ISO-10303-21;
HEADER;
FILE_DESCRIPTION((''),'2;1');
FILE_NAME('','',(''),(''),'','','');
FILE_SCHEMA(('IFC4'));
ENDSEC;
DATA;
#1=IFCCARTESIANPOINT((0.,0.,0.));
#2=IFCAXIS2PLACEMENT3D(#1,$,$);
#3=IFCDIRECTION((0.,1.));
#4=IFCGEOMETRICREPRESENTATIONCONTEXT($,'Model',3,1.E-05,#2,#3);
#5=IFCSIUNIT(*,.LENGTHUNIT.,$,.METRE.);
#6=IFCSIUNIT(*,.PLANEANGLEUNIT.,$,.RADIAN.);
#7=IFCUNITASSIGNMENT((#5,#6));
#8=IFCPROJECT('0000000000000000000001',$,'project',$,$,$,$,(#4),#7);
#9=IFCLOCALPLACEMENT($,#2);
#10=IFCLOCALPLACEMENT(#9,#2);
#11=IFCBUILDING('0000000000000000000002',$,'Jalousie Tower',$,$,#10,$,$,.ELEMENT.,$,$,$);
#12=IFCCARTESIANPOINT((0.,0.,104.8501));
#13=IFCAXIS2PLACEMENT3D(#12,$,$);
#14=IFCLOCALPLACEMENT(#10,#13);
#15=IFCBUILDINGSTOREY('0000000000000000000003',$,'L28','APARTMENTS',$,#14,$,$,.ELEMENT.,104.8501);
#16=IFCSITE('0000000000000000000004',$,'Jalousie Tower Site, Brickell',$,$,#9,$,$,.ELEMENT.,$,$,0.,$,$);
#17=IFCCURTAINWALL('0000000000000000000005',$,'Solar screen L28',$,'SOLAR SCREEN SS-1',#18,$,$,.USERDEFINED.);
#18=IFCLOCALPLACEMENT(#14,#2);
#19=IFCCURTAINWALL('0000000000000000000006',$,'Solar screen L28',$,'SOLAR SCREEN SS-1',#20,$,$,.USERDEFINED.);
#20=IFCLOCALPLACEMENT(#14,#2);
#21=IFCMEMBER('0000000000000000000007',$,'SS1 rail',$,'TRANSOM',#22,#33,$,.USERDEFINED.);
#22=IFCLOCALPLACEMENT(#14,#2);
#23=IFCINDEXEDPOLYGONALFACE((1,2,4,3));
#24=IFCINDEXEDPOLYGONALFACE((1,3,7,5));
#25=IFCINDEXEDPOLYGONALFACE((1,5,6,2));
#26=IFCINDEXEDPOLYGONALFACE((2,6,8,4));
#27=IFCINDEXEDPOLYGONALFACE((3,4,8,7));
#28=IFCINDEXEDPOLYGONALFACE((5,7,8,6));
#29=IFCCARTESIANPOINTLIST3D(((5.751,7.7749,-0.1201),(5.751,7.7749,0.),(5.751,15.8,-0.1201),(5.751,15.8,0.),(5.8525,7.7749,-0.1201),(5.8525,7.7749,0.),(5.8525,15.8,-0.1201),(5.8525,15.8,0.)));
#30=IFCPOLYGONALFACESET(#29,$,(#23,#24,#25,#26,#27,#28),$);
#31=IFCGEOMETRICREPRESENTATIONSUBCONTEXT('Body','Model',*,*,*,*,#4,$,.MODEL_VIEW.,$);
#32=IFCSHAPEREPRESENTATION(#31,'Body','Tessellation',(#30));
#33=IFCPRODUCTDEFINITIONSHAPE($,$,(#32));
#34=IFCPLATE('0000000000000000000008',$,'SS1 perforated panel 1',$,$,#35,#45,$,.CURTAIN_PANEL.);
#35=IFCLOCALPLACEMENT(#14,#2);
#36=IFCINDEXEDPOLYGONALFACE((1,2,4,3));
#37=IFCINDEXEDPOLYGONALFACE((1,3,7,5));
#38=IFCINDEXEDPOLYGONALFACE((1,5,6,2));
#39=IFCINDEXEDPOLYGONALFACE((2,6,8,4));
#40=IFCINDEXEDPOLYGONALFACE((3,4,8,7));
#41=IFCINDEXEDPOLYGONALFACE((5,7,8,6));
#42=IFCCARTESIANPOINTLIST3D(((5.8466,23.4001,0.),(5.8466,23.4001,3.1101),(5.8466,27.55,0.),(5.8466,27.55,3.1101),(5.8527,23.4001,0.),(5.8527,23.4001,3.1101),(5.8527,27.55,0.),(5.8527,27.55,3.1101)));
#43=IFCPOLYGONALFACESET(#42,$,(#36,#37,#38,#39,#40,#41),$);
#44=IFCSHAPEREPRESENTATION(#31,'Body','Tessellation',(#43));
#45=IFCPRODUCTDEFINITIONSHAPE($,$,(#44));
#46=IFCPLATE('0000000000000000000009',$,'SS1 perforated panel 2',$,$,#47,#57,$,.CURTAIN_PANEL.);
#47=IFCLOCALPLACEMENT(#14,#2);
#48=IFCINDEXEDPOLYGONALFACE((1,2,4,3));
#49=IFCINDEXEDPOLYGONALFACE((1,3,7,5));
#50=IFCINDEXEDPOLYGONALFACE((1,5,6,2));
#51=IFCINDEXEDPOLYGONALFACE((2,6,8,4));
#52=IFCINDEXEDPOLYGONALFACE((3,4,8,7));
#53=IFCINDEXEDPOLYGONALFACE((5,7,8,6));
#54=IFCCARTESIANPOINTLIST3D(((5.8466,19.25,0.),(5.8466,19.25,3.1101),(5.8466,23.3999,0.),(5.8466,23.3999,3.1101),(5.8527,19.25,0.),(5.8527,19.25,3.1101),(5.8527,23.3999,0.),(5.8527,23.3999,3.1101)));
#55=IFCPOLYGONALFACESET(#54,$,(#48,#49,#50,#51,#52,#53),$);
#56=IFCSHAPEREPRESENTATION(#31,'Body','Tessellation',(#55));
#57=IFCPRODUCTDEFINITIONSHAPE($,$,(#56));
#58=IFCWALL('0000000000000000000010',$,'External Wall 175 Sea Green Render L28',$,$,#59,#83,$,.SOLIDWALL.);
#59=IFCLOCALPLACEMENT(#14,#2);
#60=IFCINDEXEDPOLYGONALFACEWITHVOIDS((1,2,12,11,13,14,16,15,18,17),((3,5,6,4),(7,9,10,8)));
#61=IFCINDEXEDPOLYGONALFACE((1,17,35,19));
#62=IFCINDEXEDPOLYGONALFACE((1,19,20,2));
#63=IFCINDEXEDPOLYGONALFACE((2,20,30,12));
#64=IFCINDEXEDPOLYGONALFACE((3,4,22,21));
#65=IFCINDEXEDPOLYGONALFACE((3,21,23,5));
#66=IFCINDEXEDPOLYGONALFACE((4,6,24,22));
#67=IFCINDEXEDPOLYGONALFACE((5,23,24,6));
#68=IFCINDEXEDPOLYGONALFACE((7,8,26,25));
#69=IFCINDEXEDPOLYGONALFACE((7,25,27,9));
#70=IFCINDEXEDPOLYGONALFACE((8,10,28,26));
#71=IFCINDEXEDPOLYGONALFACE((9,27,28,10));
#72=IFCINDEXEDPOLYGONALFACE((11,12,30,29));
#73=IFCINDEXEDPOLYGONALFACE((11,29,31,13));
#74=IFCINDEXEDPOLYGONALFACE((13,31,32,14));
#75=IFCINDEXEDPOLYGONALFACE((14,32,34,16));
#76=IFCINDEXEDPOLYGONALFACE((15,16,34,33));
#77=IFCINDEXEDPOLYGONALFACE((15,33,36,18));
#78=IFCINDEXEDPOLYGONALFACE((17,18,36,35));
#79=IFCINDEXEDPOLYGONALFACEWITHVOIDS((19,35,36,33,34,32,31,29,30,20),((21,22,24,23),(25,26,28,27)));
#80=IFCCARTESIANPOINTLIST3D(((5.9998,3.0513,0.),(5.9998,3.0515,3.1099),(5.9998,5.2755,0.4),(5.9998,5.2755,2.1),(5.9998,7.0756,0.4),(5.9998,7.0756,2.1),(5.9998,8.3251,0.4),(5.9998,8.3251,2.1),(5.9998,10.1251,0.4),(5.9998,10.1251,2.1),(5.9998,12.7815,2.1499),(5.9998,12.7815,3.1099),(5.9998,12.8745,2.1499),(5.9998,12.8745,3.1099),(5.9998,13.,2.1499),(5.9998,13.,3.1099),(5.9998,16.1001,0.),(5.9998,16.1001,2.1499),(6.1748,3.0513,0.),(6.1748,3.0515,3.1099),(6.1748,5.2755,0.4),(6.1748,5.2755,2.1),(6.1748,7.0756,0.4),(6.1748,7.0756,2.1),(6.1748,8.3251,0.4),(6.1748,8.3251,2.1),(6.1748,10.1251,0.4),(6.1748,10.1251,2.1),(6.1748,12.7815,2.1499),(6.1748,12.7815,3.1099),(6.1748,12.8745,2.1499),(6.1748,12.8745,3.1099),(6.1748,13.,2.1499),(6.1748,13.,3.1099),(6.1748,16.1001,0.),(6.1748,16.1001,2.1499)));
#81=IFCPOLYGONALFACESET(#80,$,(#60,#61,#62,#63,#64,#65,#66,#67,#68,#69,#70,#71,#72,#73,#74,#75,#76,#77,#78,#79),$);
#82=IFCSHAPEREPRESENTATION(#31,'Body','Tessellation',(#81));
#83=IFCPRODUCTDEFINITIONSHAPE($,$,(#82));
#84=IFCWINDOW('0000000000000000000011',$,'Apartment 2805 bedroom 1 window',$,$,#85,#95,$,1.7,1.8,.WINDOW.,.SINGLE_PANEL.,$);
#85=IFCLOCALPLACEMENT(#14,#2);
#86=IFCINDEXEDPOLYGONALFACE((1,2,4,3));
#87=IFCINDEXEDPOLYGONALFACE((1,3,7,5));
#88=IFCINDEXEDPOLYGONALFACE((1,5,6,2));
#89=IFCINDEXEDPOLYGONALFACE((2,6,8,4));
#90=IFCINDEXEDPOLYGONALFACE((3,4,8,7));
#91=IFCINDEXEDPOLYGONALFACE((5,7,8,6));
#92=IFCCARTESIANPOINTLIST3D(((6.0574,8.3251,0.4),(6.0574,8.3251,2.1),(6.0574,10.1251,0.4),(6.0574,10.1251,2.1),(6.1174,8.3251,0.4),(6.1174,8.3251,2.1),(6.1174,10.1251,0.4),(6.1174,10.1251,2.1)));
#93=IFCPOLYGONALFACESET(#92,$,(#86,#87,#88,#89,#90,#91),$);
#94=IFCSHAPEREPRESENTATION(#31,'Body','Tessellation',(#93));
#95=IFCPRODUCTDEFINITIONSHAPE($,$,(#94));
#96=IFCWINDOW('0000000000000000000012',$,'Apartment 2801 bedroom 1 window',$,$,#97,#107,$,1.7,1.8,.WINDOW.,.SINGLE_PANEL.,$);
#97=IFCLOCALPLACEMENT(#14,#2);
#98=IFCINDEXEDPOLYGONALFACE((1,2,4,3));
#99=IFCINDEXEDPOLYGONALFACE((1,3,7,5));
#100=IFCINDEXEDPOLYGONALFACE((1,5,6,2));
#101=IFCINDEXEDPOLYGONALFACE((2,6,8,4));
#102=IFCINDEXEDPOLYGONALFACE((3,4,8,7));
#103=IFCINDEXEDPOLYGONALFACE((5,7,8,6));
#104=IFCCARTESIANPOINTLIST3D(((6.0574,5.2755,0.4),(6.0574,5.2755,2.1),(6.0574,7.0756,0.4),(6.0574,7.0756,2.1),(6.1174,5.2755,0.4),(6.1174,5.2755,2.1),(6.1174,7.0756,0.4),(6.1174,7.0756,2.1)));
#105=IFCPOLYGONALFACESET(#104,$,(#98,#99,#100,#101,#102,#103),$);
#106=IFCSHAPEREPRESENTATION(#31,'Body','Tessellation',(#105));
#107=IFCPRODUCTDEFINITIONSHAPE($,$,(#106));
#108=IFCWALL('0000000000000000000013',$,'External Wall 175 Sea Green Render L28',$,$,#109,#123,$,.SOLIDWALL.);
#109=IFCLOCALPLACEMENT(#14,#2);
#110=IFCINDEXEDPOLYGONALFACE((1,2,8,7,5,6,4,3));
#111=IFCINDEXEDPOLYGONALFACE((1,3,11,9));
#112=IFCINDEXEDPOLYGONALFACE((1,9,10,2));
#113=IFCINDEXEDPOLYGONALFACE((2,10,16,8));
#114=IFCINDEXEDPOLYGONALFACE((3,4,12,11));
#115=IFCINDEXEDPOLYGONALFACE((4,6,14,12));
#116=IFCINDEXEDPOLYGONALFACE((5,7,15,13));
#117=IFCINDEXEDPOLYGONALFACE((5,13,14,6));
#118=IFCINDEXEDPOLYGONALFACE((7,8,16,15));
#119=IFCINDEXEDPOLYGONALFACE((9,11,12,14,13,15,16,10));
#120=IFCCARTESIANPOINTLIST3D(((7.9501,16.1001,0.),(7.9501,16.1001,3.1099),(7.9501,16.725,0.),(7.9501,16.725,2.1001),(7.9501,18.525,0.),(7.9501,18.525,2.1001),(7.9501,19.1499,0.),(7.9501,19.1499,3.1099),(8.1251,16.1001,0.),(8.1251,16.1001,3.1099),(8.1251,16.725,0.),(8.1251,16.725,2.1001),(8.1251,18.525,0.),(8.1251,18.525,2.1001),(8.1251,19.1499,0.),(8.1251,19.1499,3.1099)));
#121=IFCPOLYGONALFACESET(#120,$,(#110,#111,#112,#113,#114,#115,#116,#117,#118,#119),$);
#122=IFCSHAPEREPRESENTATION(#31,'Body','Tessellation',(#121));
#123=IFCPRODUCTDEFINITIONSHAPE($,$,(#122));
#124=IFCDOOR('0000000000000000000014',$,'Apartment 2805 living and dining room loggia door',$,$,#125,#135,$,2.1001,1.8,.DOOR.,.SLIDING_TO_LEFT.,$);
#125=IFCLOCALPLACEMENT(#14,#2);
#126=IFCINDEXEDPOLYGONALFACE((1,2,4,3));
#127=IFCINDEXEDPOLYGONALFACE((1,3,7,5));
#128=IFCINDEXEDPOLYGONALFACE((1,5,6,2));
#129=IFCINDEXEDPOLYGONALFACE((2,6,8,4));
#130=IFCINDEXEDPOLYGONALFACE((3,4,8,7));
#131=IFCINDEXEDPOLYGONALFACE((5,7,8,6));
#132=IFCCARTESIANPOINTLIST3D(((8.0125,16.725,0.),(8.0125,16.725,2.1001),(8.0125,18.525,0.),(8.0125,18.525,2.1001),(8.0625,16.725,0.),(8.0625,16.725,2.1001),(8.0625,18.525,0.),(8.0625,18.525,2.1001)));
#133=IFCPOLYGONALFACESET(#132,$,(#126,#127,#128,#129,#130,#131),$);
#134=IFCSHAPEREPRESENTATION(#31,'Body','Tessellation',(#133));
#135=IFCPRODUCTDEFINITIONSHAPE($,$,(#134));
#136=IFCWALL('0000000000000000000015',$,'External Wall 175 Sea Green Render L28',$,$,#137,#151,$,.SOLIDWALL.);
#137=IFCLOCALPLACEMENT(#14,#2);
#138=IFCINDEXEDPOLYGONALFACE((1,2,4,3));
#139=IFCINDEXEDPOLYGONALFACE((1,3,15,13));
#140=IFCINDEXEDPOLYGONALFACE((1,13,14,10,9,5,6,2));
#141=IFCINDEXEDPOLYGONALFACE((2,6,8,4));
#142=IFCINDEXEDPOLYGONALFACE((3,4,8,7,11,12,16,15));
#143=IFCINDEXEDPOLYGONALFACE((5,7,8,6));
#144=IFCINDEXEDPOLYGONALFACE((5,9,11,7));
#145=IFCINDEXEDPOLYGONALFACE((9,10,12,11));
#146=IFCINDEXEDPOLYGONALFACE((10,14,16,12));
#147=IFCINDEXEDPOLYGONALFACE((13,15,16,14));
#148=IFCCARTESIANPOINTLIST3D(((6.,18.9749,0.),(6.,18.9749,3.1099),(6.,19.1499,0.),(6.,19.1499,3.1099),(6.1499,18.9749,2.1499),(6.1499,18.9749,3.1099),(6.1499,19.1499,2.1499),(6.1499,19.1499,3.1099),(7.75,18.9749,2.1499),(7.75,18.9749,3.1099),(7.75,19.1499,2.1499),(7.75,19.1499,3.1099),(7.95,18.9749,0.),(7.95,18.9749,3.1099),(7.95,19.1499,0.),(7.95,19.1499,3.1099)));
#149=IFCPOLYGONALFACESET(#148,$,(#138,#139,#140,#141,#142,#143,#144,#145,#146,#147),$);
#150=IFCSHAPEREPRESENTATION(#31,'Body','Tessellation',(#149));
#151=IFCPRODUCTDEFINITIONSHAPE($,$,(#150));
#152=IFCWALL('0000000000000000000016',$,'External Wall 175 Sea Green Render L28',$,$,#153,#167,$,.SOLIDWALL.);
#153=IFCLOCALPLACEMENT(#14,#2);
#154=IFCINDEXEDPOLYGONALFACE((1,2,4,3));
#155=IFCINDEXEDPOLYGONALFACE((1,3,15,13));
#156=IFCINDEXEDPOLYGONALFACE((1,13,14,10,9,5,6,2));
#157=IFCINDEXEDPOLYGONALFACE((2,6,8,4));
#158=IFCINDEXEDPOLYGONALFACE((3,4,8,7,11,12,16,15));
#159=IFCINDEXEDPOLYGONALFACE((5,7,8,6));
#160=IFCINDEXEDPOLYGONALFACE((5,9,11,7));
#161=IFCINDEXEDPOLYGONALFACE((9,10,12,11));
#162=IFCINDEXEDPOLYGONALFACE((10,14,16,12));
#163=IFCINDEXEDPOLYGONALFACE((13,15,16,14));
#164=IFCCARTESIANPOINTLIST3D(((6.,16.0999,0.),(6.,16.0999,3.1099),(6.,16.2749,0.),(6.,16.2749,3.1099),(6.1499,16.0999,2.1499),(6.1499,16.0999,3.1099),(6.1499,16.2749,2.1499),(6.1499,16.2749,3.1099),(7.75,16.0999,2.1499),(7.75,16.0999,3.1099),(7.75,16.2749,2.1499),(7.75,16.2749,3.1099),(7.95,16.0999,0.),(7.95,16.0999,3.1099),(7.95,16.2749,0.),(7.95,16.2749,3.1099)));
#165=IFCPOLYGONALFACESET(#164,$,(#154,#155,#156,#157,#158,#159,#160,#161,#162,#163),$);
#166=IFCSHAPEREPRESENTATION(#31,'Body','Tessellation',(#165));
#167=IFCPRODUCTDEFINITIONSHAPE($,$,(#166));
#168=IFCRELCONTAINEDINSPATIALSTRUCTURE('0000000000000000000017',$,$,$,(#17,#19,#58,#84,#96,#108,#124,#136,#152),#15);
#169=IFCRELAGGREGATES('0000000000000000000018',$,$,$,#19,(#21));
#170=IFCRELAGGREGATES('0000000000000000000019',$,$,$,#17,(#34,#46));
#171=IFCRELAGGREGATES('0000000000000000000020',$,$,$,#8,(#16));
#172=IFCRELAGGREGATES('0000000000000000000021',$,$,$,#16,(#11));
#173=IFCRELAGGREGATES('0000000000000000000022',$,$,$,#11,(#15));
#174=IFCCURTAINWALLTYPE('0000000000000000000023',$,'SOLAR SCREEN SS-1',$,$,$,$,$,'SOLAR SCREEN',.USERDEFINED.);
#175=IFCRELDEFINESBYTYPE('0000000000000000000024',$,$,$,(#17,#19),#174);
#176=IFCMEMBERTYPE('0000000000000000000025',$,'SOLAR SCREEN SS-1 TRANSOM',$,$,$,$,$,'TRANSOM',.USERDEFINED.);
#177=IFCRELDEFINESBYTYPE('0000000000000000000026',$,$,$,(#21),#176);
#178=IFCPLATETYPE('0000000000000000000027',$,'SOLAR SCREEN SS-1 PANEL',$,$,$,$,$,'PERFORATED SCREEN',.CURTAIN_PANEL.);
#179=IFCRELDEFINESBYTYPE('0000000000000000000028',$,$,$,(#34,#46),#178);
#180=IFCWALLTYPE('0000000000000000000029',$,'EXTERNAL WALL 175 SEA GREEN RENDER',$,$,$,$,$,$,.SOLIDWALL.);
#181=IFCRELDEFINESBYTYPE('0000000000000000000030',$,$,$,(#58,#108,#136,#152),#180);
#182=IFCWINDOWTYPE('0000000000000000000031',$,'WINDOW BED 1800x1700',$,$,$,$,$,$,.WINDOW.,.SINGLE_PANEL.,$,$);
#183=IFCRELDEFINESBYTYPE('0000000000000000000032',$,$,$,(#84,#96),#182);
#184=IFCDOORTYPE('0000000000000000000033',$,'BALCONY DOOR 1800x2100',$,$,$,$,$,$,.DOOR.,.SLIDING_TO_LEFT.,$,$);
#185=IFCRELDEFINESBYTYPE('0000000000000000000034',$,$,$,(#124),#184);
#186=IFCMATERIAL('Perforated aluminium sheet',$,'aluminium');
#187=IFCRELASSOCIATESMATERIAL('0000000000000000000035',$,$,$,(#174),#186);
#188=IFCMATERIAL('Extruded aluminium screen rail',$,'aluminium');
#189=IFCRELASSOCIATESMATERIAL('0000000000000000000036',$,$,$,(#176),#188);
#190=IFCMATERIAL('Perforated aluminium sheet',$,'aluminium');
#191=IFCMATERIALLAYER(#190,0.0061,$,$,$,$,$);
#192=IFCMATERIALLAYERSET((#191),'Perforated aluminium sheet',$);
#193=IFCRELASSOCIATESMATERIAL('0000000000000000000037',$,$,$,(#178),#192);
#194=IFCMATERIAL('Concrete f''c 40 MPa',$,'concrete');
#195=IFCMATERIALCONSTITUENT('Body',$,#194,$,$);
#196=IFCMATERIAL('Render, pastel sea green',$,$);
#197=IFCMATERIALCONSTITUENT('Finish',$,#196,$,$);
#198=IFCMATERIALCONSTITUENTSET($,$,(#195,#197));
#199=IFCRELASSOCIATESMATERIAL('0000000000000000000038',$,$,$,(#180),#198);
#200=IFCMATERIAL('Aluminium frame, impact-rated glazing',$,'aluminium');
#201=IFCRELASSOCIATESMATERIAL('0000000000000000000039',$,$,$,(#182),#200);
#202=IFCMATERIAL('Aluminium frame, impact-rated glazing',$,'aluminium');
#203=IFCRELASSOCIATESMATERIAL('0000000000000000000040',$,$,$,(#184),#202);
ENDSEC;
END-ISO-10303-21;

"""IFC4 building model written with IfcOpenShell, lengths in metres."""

from ifc_helpers import new_model, si_unit, direction, frame, frame_2d, origin, origin_2d, place, context, subcontext, project, spatial, polyline, rectangle, outline, extrude, material, layer, layer_set, constituent, constituent_set, material_profile, profile_set, type_object, element, fill, aggregate, save


model = new_model("IFC4")

# Units and contexts
model_context = context("Model", 3, precision=1e-05, world=origin(), true_north=direction((0.0, 1.0)))
body_context = subcontext(model_context, "Body", "Model", "MODEL_VIEW")
ifc_project = project(units=[si_unit("LENGTHUNIT", "METRE"), si_unit("PLANEANGLEUNIT", "RADIAN")], contexts=[model_context])

# Site, building, storey
site_placement = place(None, origin())
site = spatial("IfcSite", under=ifc_project, at=site_placement, Name="Jalousie Tower Site, Brickell", CompositionType="ELEMENT", RefElevation=0.0)
building_placement = place(site_placement, origin())
building = spatial("IfcBuilding", under=site, at=building_placement, Name="Jalousie Tower", CompositionType="ELEMENT")
storey_placement = place(building_placement, frame((0.0, 0.0, 104.8501)))
storey = spatial("IfcBuildingStorey", under=building, at=storey_placement, Name="L28", Description="APARTMENTS", CompositionType="ELEMENT", Elevation=104.8501)

# Curtain wall
ifc_material_1 = material(Name="Perforated aluminium sheet", Category="aluminium")
curtain_wall_type = type_object("IfcCurtainWallType", Name="SOLAR SCREEN SS-1", ElementType="SOLAR SCREEN", PredefinedType="USERDEFINED", material=ifc_material_1)
curtain_wall_1_placement = place(storey_placement, origin())
curtain_wall_1 = element("IfcCurtainWall", 1, at=curtain_wall_1_placement, inside=storey, type_object=curtain_wall_type, Name="Solar screen L28", ObjectType="SOLAR SCREEN SS-1", PredefinedType="USERDEFINED")

# Curtain wall
curtain_wall_2_placement = place(storey_placement, origin())
curtain_wall_2 = element("IfcCurtainWall", 2, at=curtain_wall_2_placement, inside=storey, type_object=curtain_wall_type, Name="Solar screen L28", ObjectType="SOLAR SCREEN SS-1", PredefinedType="USERDEFINED")

# Member
ifc_material_2 = material(Name="Extruded aluminium screen rail", Category="aluminium")
ifc_material_profile_1 = material_profile(ifc_material_2, rectangle(XDim=0.1016, YDim=0.1201, at=origin_2d()), Name="RAIL 102x120")
ifc_profile_set_1 = profile_set([ifc_material_profile_1], Name="Extruded aluminium screen rail")
member_type_1 = type_object("IfcMemberType", Name="SOLAR SCREEN SS-1 TRANSOM", ElementType="TRANSOM", PredefinedType="USERDEFINED", material=ifc_profile_set_1)
member_1_placement = place(storey_placement, frame((5.8018, 15.8, -0.0601), z_axis=(0.0, -1.0, 0.0), x_axis=(1.0, 0.0, 0.0)))
member_1 = element("IfcMember", 3, at=member_1_placement, type_object=member_type_1, Name="SS1 rail", ObjectType="TRANSOM", PredefinedType="USERDEFINED", context=body_context, shape_type="SweptSolid", body=[
    extrude(rectangle(XDim=0.1016, YDim=0.1201, at=origin_2d()), origin(), (0.0, 0.0, 1.0), 8.0251),
])
aggregate(curtain_wall_2, [member_1])

# Plates
ifc_material_3 = material(Name="Perforated aluminium sheet", Category="aluminium")
ifc_layer_1 = layer(ifc_material_3, 0.0061)
ifc_layer_set_1 = layer_set([ifc_layer_1], Name="Perforated aluminium sheet")
plate_type = type_object("IfcPlateType", Name="SOLAR SCREEN SS-1 PANEL", ElementType="PERFORATED SCREEN", PredefinedType="CURTAIN_PANEL", material=ifc_layer_set_1)
plate_1_placement = place(storey_placement, frame((5.8496, 25.4751, 0.0), z_axis=(0.0, 0.0, 1.0), x_axis=(0.0, -1.0, 0.0)))
plate_1 = element("IfcPlate", 4, at=plate_1_placement, type_object=plate_type, Name="SS1 perforated panel 1", PredefinedType="CURTAIN_PANEL", context=body_context, shape_type="SweptSolid", body=[
    extrude(rectangle(XDim=4.1499, YDim=0.0061, at=origin_2d()), origin(), (0.0, 0.0, 1.0), 3.1101),
])
plate_2_placement = place(storey_placement, frame((5.8496, 21.325, 0.0), z_axis=(0.0, 0.0, 1.0), x_axis=(0.0, -1.0, 0.0)))
plate_2 = element("IfcPlate", 5, at=plate_2_placement, type_object=plate_type, Name="SS1 perforated panel 2", PredefinedType="CURTAIN_PANEL", context=body_context, shape_type="SweptSolid", body=[
    extrude(rectangle(XDim=4.1499, YDim=0.0061, at=origin_2d()), origin(), (0.0, 0.0, 1.0), 3.1101),
])
aggregate(curtain_wall_1, [plate_1, plate_2])

# Wall, openings, windows
ifc_material_4 = material(Name="Concrete f'c 40 MPa", Category="concrete")
ifc_constituent_1 = constituent(ifc_material_4, Name="Body")
ifc_material_5 = material(Name="Render, pastel sea green")
ifc_constituent_2 = constituent(ifc_material_5, Name="Finish")
ifc_constituent_set_1 = constituent_set(constituents=[ifc_constituent_1, ifc_constituent_2])
wall_type_1 = type_object("IfcWallType", Name="EXTERNAL WALL 175 SEA GREEN RENDER", PredefinedType="SOLIDWALL", material=ifc_constituent_set_1)
wall_1_placement = place(storey_placement, frame((6.0874, 16.1001, 0.0), z_axis=(0.0, 0.0, 1.0), x_axis=(0.0, -1.0, 0.0)))
wall_1 = element("IfcWall", 6, at=wall_1_placement, inside=storey, type_object=wall_type_1, Name="External Wall 175 Sea Green Render L28", PredefinedType="SOLIDWALL", context=body_context, shape_type="SweptSolid", body=[
    extrude(outline(polyline([(0.0, 0.0), (13.0488, 0.0), (13.0486, 3.1099), (3.3186, 3.1099), (3.3186, 2.1499), (3.2256, 2.1499), (3.2256, 3.1099), (3.1001, 3.1099), (3.1001, 2.1499), (0.0, 2.1499), (0.0, 0.0)])), frame((0.0, 0.0874, 0.0), z_axis=(0.0, -1.0, 0.0), x_axis=(1.0, 0.0, 0.0)), (0.0, 0.0, 1.0), 0.175),
])
opening_1_placement = place(wall_1_placement, frame((5.9751, 0.0, 0.3999)))
opening_1 = element("IfcOpeningElement", 7, at=opening_1_placement, cuts=wall_1, PredefinedType="OPENING", context=body_context, shape_type="SweptSolid", body=[
    extrude(rectangle(XDim=1.8, YDim=1.7, at=frame_2d((0.8999, 0.8501))), frame((0.0, 0.0974, 0.0), z_axis=(0.0, -1.0, 0.0), x_axis=(1.0, 0.0, 0.0)), (0.0, 0.0, 1.0), 0.1951),
])
opening_2_placement = place(wall_1_placement, frame((9.0247, 0.0, 0.3999)))
opening_2 = element("IfcOpeningElement", 8, at=opening_2_placement, cuts=wall_1, PredefinedType="OPENING", context=body_context, shape_type="SweptSolid", body=[
    extrude(rectangle(XDim=1.8, YDim=1.7, at=frame_2d((0.8999, 0.8501))), frame((0.0, 0.0974, 0.0), z_axis=(0.0, -1.0, 0.0), x_axis=(1.0, 0.0, 0.0)), (0.0, 0.0, 1.0), 0.1951),
])
ifc_material_6 = material(Name="Aluminium frame, impact-rated glazing", Category="aluminium")
window_type = type_object("IfcWindowType", Name="WINDOW BED 1800x1700", PartitioningType="SINGLE_PANEL", PredefinedType="WINDOW", material=ifc_material_6)
window_1_placement = place(opening_1_placement, origin())
window_1 = element("IfcWindow", 9, at=window_1_placement, inside=storey, type_object=window_type, Name="Apartment 2805 bedroom 1 window", OverallHeight=1.7, OverallWidth=1.8, PartitioningType="SINGLE_PANEL", PredefinedType="WINDOW", context=body_context, shape_type="SweptSolid", body=[
    extrude(rectangle(XDim=1.8, YDim=1.7, at=frame_2d((0.8999, 0.8501))), frame((0.0, 0.03, 0.0), z_axis=(0.0, -1.0, 0.0), x_axis=(1.0, 0.0, 0.0)), (0.0, 0.0, 1.0), 0.0601),
])
fill(opening_1, window_1)
window_2_placement = place(opening_2_placement, origin())
window_2 = element("IfcWindow", 10, at=window_2_placement, inside=storey, type_object=window_type, Name="Apartment 2801 bedroom 1 window", OverallHeight=1.7, OverallWidth=1.8, PartitioningType="SINGLE_PANEL", PredefinedType="WINDOW", context=body_context, shape_type="SweptSolid", body=[
    extrude(rectangle(XDim=1.8, YDim=1.7, at=frame_2d((0.8999, 0.8501))), frame((0.0, 0.03, 0.0), z_axis=(0.0, -1.0, 0.0), x_axis=(1.0, 0.0, 0.0)), (0.0, 0.0, 1.0), 0.0601),
])
fill(opening_2, window_2)

# Wall, opening, door
wall_2_placement = place(storey_placement, frame((8.0376, 19.1499, 0.0), z_axis=(0.0, 0.0, 1.0), x_axis=(0.0, -1.0, 0.0)))
wall_2 = element("IfcWall", 11, at=wall_2_placement, inside=storey, type_object=wall_type_1, Name="External Wall 175 Sea Green Render L28", PredefinedType="SOLIDWALL", context=body_context, shape_type="SweptSolid", body=[
    extrude(rectangle(XDim=3.0498, YDim=0.175, at=frame_2d((1.5249, 0.0))), origin(), (0.0, 0.0, 1.0), 3.1099),
])
opening_3_placement = place(wall_2_placement, frame((0.625, 0.0, 0.0)))
opening_3 = element("IfcOpeningElement", 12, at=opening_3_placement, cuts=wall_2, PredefinedType="OPENING", context=body_context, shape_type="SweptSolid", body=[
    extrude(rectangle(XDim=1.8, YDim=2.1001, at=frame_2d((0.8999, 1.05))), frame((0.0, 0.0974, 0.0), z_axis=(0.0, -1.0, 0.0), x_axis=(1.0, 0.0, 0.0)), (0.0, 0.0, 1.0), 0.1951),
])
ifc_material_7 = material(Name="Aluminium frame, impact-rated glazing", Category="aluminium")
door_type_1 = type_object("IfcDoorType", Name="BALCONY DOOR 1800x2100", OperationType="SLIDING_TO_LEFT", PredefinedType="DOOR", material=ifc_material_7)
door_1_placement = place(opening_3_placement, origin())
door_1 = element("IfcDoor", 13, at=door_1_placement, inside=storey, type_object=door_type_1, Name="Apartment 2805 living and dining room loggia door", OperationType="SLIDING_TO_LEFT", OverallHeight=2.1001, OverallWidth=1.8, PredefinedType="DOOR", context=body_context, shape_type="SweptSolid", body=[
    extrude(rectangle(XDim=1.8, YDim=2.1001, at=frame_2d((0.8999, 1.05))), frame((0.0, 0.0249, 0.0), z_axis=(0.0, -1.0, 0.0), x_axis=(1.0, 0.0, 0.0)), (0.0, 0.0, 1.0), 0.05),
])
fill(opening_3, door_1)

# Walls
for number, where, z_axis, x_axis, name in (
    (14, (6.0, 19.0625, 0.0), (0.0, 0.0, 1.0), (1.0, 0.0, 0.0), "External Wall 175 Sea Green Render L28"),
    (15, (6.0, 16.1875, 0.0), (0.0, 0.0, 1.0), (1.0, 0.0, 0.0), "External Wall 175 Sea Green Render L28"),
):
    element("IfcWall", number, at=place(storey_placement, frame(where, z_axis=z_axis, x_axis=x_axis)), inside=storey, type_object=wall_type_1, Name=name, PredefinedType="SOLIDWALL", context=body_context, shape_type="SweptSolid", body=[
        extrude(outline(polyline([(0.0, 0.0), (1.95, 0.0), (1.95, 3.1099), (1.75, 3.1099), (1.75, 2.1499), (0.1499, 2.1499), (0.1499, 3.1099), (0.0, 3.1099), (0.0, 0.0)])), frame((0.0, 0.0874, 0.0), z_axis=(0.0, -1.0, 0.0), x_axis=(1.0, 0.0, 0.0)), (0.0, 0.0, 1.0), 0.175),
    ])

save(model, "model.ifc")
